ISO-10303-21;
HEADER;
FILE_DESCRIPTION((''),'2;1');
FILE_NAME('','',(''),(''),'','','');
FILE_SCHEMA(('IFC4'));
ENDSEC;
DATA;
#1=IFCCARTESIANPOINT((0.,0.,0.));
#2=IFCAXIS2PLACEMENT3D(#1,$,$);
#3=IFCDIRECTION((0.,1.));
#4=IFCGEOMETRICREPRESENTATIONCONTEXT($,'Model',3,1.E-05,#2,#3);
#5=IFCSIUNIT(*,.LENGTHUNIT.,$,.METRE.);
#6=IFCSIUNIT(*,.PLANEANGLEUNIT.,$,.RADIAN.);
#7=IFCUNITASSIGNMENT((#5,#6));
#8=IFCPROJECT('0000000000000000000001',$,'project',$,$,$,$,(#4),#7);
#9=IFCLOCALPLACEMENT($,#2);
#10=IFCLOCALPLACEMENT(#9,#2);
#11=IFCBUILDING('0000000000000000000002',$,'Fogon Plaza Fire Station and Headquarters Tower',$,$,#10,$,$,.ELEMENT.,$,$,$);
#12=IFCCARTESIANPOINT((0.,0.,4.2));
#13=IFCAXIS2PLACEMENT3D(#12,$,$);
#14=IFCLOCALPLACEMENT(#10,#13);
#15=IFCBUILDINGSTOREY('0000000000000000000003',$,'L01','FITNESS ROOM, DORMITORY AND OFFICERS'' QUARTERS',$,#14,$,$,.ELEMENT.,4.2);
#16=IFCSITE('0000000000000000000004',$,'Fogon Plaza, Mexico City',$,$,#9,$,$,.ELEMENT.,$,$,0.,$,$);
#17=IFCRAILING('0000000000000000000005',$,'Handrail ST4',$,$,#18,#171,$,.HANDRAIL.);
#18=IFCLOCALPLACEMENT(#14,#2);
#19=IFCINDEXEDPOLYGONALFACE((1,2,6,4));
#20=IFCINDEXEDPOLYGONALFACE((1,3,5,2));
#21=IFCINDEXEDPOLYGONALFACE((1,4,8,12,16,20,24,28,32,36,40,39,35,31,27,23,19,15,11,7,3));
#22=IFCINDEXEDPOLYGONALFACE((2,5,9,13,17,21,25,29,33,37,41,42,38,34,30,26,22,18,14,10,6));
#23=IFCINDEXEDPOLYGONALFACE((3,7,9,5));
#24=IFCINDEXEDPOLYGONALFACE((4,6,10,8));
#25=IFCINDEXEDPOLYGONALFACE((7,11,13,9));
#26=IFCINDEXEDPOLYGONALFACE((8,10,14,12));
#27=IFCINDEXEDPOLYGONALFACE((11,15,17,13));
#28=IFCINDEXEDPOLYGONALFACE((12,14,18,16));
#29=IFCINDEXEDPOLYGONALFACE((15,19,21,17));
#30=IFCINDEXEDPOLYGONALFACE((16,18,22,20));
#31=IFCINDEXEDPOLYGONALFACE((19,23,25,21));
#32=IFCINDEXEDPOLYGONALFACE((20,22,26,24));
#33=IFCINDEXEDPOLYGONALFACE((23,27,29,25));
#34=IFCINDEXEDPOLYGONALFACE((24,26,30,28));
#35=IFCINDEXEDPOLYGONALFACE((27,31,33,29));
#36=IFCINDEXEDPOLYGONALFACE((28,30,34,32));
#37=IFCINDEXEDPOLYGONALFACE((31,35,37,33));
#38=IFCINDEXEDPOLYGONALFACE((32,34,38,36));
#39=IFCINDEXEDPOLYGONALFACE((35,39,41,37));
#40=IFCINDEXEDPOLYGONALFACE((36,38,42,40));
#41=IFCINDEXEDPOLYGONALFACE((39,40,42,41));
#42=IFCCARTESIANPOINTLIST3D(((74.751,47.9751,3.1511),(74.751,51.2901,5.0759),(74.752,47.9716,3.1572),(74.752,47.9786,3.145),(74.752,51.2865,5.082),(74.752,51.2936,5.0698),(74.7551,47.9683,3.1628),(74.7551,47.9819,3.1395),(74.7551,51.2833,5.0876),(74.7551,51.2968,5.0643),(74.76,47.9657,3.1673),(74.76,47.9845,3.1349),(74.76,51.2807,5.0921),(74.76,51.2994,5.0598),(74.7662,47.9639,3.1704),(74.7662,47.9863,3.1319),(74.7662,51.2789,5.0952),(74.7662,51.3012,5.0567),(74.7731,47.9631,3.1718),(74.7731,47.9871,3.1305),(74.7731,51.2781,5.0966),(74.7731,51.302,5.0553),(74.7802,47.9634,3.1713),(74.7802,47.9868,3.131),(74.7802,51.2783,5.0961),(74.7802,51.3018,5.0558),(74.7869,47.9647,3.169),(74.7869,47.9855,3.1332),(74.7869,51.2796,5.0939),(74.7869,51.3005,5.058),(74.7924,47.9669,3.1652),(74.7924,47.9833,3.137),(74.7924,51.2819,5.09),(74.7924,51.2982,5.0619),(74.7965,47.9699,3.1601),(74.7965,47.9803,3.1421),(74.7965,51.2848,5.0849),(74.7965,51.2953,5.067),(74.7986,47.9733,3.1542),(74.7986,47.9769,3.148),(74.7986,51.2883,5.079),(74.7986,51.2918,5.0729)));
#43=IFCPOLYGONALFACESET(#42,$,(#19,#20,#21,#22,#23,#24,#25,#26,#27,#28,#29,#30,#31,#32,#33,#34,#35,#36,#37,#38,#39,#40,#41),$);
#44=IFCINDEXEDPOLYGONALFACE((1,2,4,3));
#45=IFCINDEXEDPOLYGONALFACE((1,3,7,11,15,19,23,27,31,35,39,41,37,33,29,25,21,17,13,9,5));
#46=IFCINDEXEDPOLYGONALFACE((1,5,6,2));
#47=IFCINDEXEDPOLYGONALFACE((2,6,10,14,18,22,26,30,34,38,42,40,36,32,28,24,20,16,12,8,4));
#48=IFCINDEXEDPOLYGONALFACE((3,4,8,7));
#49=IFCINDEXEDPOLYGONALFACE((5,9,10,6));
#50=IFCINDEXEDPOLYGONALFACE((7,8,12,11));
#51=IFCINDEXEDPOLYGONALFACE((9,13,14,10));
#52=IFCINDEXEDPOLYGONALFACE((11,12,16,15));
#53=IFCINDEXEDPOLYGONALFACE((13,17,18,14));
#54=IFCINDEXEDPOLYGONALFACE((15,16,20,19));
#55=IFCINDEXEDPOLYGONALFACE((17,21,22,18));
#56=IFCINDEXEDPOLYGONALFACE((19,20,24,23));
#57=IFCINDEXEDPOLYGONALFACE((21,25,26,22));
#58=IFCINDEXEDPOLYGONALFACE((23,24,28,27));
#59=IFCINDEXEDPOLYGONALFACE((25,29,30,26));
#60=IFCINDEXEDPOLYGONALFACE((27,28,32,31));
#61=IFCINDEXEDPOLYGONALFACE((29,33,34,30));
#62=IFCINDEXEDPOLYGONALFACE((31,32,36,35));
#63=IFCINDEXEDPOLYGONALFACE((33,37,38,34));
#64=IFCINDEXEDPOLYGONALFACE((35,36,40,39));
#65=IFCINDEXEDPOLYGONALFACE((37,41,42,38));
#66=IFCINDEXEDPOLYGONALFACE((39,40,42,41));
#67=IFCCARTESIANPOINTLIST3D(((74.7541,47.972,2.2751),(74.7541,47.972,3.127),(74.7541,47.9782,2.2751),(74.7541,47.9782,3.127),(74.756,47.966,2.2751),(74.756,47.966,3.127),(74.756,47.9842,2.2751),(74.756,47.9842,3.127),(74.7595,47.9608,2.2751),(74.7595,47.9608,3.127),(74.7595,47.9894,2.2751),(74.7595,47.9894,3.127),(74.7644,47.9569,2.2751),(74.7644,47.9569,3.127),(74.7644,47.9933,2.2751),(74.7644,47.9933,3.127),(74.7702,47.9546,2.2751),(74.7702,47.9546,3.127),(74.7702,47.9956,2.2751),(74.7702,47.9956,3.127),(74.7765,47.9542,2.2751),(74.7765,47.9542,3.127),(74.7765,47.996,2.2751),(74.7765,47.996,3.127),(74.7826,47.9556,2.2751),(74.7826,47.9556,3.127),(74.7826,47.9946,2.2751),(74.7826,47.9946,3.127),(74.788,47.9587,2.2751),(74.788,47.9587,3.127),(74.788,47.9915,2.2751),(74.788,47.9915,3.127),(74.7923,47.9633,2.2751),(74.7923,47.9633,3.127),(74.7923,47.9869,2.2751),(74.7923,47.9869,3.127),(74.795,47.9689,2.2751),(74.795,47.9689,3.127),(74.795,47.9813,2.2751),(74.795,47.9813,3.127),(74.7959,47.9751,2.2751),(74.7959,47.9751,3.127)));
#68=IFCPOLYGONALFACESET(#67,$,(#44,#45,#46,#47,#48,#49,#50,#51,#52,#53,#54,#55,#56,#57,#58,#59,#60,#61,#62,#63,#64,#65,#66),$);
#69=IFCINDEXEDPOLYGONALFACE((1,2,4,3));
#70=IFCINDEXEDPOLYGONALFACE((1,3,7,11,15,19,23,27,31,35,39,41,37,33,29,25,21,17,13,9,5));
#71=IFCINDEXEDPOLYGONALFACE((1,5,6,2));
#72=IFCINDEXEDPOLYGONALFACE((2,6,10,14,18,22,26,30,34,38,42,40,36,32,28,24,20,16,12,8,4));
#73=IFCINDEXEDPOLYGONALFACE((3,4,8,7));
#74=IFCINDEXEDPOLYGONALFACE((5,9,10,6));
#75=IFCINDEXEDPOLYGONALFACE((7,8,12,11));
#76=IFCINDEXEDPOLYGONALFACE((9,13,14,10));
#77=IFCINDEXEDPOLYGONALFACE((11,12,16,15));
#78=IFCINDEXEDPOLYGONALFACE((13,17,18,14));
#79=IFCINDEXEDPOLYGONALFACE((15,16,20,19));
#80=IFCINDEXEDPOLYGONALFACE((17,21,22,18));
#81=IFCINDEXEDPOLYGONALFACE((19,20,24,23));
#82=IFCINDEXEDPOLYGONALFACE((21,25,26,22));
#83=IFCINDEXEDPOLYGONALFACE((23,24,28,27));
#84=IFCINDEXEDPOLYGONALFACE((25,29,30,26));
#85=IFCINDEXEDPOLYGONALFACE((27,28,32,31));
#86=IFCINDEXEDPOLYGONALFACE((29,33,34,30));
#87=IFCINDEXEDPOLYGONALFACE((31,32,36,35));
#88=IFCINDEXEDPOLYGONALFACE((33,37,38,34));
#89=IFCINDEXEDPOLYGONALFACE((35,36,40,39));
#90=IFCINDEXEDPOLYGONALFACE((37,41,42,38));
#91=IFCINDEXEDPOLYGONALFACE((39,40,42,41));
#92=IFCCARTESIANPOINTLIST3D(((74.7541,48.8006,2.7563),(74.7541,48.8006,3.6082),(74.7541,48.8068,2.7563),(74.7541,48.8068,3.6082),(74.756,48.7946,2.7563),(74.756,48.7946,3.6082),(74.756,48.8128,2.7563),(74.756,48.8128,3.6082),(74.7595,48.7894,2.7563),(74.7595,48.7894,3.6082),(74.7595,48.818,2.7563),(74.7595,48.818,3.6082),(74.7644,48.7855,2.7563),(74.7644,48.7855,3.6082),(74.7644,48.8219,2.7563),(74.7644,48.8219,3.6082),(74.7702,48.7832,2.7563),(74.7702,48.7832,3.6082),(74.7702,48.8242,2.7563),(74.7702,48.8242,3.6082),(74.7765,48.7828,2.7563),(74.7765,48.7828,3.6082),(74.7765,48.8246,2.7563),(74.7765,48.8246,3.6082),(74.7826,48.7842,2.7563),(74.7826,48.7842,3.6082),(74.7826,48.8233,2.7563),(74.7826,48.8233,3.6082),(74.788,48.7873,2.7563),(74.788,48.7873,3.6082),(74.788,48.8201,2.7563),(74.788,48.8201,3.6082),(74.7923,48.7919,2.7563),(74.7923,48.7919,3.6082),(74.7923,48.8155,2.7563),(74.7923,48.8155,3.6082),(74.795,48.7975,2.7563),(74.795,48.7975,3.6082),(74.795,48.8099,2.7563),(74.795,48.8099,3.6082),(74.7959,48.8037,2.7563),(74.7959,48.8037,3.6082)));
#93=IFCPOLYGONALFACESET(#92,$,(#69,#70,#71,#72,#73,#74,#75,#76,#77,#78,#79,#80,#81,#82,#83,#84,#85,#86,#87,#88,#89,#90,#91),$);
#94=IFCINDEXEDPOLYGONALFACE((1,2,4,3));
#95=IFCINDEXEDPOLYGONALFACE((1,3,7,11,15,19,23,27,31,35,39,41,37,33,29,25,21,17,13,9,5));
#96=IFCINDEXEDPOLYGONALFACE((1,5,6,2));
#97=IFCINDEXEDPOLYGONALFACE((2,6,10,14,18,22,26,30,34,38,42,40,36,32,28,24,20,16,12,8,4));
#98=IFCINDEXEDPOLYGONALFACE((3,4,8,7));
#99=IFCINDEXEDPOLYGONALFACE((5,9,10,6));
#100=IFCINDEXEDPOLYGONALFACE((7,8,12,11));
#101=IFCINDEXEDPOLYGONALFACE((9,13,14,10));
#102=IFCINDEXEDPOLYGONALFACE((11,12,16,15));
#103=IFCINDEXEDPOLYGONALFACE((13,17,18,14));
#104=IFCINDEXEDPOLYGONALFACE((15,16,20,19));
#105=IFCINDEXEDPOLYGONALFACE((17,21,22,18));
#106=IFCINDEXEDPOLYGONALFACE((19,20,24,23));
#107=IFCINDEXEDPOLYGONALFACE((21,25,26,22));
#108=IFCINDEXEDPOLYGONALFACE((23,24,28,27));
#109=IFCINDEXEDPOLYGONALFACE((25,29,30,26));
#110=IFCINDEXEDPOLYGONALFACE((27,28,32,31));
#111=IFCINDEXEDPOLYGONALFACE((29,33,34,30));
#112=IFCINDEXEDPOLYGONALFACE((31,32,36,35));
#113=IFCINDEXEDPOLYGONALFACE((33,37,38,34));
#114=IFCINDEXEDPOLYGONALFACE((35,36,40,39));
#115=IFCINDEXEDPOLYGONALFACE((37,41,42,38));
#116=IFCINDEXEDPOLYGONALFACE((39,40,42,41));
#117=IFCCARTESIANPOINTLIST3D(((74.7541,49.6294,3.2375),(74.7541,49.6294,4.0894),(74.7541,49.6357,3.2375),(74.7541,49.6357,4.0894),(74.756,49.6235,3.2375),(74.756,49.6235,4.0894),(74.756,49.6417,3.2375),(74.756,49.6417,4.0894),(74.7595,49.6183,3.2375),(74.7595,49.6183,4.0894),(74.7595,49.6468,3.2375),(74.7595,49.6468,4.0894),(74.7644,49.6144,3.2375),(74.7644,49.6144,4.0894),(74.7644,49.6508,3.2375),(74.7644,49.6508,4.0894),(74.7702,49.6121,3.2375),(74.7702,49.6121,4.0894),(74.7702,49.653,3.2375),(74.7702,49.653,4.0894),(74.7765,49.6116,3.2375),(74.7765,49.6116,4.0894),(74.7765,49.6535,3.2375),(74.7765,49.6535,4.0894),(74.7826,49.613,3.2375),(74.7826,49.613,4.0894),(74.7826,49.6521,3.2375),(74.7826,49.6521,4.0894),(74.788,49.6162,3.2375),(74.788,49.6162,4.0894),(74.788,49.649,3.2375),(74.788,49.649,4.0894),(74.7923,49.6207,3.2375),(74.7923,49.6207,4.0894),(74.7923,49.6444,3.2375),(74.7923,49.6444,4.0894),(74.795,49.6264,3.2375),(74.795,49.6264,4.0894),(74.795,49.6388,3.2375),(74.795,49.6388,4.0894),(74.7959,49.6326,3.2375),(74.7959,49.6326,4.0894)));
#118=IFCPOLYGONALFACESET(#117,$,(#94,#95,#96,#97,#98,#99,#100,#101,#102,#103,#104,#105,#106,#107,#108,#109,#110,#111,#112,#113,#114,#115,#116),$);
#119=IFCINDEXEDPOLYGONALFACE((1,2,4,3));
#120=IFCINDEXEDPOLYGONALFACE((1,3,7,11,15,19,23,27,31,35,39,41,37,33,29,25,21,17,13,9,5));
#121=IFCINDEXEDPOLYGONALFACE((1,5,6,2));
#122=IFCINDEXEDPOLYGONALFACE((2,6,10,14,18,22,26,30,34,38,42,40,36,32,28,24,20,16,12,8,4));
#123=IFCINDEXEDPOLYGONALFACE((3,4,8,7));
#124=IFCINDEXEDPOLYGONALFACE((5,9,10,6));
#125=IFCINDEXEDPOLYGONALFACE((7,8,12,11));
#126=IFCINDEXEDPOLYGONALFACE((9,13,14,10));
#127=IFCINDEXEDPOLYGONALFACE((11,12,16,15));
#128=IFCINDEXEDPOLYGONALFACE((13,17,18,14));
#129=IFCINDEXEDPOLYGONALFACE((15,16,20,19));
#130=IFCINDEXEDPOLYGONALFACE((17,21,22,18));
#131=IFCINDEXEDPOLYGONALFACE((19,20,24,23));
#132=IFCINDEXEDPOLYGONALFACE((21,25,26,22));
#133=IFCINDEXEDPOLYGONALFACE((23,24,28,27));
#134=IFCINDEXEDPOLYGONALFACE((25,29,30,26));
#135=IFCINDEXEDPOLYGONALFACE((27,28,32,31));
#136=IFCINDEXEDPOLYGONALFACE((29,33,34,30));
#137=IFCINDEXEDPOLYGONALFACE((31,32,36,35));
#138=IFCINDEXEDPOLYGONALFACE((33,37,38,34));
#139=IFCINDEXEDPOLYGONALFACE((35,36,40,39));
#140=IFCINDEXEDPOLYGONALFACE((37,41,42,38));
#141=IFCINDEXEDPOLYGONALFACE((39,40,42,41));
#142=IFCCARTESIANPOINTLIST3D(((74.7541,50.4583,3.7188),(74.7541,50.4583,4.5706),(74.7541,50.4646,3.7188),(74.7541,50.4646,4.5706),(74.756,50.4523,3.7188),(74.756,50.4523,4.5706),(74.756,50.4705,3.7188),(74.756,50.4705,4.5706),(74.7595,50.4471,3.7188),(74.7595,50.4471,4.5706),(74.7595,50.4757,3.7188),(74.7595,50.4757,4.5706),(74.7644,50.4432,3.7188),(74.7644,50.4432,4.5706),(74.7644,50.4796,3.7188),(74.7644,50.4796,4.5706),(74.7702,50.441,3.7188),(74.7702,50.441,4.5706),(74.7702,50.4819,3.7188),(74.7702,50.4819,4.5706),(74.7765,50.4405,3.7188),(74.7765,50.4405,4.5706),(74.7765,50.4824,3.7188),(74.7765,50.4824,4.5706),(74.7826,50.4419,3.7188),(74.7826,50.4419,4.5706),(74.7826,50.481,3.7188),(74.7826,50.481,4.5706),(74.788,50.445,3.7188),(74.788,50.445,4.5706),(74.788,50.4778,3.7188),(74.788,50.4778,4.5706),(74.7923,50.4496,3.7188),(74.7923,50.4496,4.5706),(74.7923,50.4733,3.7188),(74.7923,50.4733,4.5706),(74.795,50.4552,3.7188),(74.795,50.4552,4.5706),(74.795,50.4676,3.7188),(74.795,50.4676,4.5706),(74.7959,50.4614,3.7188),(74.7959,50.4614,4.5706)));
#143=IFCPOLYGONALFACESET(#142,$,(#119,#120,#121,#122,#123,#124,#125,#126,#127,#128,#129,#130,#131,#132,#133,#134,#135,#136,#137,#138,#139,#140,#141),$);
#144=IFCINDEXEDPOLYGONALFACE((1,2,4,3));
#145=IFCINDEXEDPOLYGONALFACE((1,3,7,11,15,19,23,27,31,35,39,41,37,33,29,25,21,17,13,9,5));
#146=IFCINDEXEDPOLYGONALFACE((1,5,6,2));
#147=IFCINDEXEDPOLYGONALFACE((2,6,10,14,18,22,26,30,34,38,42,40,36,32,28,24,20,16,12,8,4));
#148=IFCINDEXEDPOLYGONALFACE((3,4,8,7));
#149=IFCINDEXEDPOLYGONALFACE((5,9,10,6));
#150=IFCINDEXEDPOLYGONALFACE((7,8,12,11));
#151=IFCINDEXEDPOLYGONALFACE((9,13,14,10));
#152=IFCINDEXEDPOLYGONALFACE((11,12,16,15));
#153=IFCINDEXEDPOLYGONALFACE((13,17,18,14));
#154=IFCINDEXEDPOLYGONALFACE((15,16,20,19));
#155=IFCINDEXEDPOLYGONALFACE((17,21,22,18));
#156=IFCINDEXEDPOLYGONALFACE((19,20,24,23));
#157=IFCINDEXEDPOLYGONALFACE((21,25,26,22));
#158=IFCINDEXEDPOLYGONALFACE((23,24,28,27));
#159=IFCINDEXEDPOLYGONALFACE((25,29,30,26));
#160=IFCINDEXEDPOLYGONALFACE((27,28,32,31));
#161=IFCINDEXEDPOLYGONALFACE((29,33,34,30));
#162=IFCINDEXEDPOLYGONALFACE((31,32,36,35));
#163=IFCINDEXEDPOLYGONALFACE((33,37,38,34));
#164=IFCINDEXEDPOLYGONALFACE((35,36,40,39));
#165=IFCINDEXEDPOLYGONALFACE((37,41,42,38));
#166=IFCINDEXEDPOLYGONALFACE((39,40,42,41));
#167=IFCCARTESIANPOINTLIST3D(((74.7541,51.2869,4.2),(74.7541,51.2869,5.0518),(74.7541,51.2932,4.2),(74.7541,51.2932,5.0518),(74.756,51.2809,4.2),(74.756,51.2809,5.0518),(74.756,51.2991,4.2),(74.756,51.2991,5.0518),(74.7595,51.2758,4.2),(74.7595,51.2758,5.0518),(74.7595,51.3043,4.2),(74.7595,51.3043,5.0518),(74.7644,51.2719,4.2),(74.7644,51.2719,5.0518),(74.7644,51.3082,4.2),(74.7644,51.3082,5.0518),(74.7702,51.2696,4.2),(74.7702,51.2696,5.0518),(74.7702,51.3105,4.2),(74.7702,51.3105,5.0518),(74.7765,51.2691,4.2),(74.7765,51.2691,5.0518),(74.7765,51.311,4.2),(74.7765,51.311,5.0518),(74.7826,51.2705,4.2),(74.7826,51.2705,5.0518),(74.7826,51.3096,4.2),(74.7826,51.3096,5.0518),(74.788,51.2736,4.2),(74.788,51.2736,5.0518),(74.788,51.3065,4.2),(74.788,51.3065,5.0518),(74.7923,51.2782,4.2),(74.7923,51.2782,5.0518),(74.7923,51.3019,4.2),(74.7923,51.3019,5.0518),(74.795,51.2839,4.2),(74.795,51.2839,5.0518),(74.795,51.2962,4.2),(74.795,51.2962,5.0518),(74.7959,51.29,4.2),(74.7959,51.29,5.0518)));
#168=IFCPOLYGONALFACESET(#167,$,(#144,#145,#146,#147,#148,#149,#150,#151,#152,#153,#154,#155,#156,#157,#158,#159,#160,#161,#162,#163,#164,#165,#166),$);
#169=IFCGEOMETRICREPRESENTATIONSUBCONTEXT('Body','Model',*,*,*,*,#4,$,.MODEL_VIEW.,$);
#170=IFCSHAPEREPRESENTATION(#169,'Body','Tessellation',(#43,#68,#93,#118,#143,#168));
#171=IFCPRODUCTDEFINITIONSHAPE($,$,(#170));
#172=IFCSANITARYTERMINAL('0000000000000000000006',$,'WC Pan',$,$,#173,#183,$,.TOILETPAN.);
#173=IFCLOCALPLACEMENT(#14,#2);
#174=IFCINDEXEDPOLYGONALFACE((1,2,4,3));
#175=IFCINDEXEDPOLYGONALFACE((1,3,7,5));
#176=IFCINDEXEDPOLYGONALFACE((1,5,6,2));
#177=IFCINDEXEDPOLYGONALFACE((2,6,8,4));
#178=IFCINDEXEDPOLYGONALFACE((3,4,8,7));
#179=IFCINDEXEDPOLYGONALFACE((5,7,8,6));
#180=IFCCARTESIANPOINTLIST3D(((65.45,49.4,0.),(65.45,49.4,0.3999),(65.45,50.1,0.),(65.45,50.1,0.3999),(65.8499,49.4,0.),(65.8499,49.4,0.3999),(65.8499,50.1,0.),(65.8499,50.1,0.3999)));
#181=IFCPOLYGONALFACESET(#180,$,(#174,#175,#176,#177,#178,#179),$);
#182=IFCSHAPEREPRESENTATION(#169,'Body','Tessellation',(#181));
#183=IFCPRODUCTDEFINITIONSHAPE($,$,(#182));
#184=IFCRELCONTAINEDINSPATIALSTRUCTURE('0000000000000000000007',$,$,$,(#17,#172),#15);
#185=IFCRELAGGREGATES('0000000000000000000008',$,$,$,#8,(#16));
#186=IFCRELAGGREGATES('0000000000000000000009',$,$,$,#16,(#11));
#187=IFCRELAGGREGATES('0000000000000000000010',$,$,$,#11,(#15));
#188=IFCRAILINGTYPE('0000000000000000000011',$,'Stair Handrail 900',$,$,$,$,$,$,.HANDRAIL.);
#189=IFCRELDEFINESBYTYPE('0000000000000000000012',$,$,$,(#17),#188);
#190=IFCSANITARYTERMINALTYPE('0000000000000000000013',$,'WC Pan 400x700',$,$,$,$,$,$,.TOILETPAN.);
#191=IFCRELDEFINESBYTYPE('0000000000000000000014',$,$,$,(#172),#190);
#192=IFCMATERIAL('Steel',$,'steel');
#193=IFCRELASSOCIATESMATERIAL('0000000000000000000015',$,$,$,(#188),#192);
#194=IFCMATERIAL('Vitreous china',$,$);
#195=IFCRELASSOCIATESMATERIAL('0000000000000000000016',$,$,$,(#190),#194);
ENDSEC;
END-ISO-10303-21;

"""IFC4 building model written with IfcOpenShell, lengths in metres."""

from ifc_helpers import new_model, si_unit, direction, frame, origin, origin_2d, place, context, subcontext, project, spatial, rectangle, circle, extrude, material, type_object, element, save


model = new_model("IFC4")

# Units and contexts
model_context = context("Model", 3, precision=1e-05, world=origin(), true_north=direction((0.0, 1.0)))
body_context = subcontext(model_context, "Body", "Model", "MODEL_VIEW")
ifc_project = project(units=[si_unit("LENGTHUNIT", "METRE"), si_unit("PLANEANGLEUNIT", "RADIAN")], contexts=[model_context])

# Site, building, storey
site_placement = place(None, origin())
site = spatial("IfcSite", under=ifc_project, at=site_placement, Name="Fogon Plaza, Mexico City", CompositionType="ELEMENT", RefElevation=0.0)
building_placement = place(site_placement, origin())
building = spatial("IfcBuilding", under=site, at=building_placement, Name="Fogon Plaza Fire Station and Headquarters Tower", CompositionType="ELEMENT")
storey_placement = place(building_placement, frame((0.0, 0.0, 4.2)))
storey = spatial("IfcBuildingStorey", under=building, at=storey_placement, Name="L01", Description="FITNESS ROOM, DORMITORY AND OFFICERS' QUARTERS", CompositionType="ELEMENT", Elevation=4.2)

# Railing
ifc_material_1 = material(Name="Steel", Category="steel")
railing_type = type_object("IfcRailingType", Name="Stair Handrail 900", PredefinedType="HANDRAIL", material=ifc_material_1)
for number, where, name in (
    (1, (74.7749, 47.9751, 2.2751), "Handrail ST4"),
):
    element("IfcRailing", number, at=place(storey_placement, frame(where)), inside=storey, type_object=railing_type, Name=name, PredefinedType="HANDRAIL", context=body_context, shape_type="SweptSolid", body=[
        extrude(circle(Radius=0.0239, at=origin_2d()), frame((0.0, 0.0, 0.876), z_axis=(0.0, 0.864789, 0.502136), x_axis=(-1.0, 0.0, 0.0)), (0.0, 0.0, 1.0), 3.8333),
        extrude(circle(Radius=0.021, at=origin_2d()), origin(), (0.0, 0.0, 1.0), 0.8518),
        extrude(circle(Radius=0.021, at=origin_2d()), frame((0.0, 0.8286, 0.4812)), (0.0, 0.0, 1.0), 0.8518),
        extrude(circle(Radius=0.021, at=origin_2d()), frame((0.0, 1.6575, 0.9624)), (0.0, 0.0, 1.0), 0.8518),
        extrude(circle(Radius=0.021, at=origin_2d()), frame((0.0, 2.4863, 1.4436)), (0.0, 0.0, 1.0), 0.8518),
        extrude(circle(Radius=0.021, at=origin_2d()), frame((0.0, 3.3149, 1.9248)), (0.0, 0.0, 1.0), 0.8518),
    ])

# Sanitary terminal
ifc_material_2 = material(Name="Vitreous china")
sanitary_terminal_type = type_object("IfcSanitaryTerminalType", Name="WC Pan 400x700", PredefinedType="TOILETPAN", material=ifc_material_2)
sanitary_terminal_placement = place(storey_placement, frame((65.6499, 49.75, 0.0), z_axis=(0.0, 0.0, 1.0), x_axis=(1.0, 0.0, 0.0)))
element("IfcSanitaryTerminal", 2, at=sanitary_terminal_placement, inside=storey, type_object=sanitary_terminal_type, Name="WC Pan", PredefinedType="TOILETPAN", context=body_context, shape_type="SweptSolid", body=[
    extrude(rectangle(XDim=0.3999, YDim=0.7, at=origin_2d()), origin(), (0.0, 0.0, 1.0), 0.3999),
])

save(model, "model.ifc")
